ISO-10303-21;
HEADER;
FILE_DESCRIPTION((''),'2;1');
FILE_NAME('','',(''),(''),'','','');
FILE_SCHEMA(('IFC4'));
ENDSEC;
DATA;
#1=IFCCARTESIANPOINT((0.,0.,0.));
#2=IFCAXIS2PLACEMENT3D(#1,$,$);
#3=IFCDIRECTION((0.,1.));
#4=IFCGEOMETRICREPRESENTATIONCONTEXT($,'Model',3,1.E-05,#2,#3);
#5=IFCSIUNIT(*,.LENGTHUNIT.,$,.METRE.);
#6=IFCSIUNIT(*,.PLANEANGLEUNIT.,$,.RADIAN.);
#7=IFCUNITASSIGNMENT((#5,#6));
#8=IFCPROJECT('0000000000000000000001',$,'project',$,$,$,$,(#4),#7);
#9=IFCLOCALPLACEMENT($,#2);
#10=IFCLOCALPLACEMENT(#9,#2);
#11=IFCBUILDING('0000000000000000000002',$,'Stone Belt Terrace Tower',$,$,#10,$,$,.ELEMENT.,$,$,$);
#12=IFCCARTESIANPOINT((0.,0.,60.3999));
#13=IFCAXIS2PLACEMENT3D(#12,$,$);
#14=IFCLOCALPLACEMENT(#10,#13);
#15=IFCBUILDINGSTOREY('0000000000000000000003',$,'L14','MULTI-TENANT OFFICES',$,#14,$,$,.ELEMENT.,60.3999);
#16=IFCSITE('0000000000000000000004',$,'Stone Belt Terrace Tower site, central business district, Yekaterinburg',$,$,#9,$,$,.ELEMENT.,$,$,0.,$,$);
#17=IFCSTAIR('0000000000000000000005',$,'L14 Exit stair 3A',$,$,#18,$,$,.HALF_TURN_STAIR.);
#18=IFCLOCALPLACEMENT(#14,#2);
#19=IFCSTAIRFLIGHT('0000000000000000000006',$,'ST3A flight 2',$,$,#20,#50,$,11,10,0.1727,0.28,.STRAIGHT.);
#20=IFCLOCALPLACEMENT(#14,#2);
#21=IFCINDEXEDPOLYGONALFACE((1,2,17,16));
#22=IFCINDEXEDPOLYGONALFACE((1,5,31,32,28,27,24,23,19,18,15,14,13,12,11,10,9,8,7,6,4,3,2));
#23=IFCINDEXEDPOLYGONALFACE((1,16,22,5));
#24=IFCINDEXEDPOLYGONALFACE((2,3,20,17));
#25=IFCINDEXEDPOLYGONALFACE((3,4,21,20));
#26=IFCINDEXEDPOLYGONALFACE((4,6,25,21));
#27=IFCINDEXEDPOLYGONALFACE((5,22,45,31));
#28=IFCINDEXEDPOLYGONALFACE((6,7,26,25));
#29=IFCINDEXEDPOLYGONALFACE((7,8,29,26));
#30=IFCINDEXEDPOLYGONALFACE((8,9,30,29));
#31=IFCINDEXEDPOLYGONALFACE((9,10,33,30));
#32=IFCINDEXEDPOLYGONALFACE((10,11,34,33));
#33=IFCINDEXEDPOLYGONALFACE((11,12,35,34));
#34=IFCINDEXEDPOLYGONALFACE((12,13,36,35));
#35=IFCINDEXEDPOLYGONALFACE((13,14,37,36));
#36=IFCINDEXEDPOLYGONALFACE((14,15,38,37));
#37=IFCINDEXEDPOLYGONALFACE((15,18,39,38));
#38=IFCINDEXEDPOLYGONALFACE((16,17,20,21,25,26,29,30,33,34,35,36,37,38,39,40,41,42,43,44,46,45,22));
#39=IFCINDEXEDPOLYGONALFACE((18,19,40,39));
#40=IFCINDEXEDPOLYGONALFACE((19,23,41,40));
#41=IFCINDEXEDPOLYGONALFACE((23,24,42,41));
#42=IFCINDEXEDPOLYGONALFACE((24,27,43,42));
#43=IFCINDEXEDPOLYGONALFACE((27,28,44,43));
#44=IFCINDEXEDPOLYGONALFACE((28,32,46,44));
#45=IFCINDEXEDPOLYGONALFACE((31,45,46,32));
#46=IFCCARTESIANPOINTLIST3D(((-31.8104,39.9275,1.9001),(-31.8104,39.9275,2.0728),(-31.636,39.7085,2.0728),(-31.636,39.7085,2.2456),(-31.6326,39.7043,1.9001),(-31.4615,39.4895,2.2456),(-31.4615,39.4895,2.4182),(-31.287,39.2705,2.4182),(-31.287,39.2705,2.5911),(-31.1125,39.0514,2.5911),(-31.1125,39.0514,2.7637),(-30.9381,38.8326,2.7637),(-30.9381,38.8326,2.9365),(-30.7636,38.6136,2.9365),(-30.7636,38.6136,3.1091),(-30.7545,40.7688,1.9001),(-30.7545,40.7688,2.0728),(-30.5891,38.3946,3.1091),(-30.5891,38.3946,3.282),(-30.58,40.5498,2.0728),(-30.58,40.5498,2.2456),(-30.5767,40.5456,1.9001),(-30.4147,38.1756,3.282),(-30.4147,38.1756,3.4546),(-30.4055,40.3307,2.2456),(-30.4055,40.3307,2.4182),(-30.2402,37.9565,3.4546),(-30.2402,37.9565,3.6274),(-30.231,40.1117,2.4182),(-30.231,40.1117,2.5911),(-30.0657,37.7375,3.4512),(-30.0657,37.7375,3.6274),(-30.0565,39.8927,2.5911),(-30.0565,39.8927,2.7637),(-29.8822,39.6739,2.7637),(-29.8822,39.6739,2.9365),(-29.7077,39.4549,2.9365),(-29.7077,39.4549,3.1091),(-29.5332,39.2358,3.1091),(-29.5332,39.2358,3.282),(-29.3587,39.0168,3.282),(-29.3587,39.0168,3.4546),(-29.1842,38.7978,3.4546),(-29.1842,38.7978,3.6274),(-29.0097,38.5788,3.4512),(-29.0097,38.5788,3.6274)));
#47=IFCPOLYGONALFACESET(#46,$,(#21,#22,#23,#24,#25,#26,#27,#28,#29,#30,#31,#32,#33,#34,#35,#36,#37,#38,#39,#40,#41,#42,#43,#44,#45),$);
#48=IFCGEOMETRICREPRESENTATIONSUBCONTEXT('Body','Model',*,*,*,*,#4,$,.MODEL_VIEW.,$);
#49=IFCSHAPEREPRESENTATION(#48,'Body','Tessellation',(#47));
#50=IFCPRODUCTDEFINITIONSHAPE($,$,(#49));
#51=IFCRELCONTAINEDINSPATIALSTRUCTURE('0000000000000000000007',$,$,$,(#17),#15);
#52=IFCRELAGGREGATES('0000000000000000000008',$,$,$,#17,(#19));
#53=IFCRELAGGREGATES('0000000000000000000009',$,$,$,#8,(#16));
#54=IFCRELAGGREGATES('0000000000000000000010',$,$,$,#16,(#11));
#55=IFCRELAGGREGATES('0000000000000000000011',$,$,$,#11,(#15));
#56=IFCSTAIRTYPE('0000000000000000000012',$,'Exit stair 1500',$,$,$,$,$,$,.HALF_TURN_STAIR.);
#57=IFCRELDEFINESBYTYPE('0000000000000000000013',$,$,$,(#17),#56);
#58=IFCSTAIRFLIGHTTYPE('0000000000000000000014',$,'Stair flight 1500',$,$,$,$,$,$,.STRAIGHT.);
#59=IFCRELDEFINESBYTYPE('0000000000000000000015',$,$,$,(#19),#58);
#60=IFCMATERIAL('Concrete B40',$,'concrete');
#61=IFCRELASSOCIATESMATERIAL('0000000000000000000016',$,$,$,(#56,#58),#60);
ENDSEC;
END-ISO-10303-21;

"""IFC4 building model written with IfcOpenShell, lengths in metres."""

from ifc_helpers import new_model, si_unit, direction, frame, origin, place, context, subcontext, project, spatial, polyline, outline, extrude, material, type_object, element, aggregate, save


model = new_model("IFC4")

# Units and contexts
model_context = context("Model", 3, precision=1e-05, world=origin(), true_north=direction((0.0, 1.0)))
body_context = subcontext(model_context, "Body", "Model", "MODEL_VIEW")
ifc_project = project(units=[si_unit("LENGTHUNIT", "METRE"), si_unit("PLANEANGLEUNIT", "RADIAN")], contexts=[model_context])

# Site, building, storey
site_placement = place(None, origin())
site = spatial("IfcSite", under=ifc_project, at=site_placement, Name="Stone Belt Terrace Tower site, central business district, Yekaterinburg", CompositionType="ELEMENT", RefElevation=0.0)
building_placement = place(site_placement, origin())
building = spatial("IfcBuilding", under=site, at=building_placement, Name="Stone Belt Terrace Tower", CompositionType="ELEMENT")
storey_placement = place(building_placement, frame((0.0, 0.0, 60.3999)))
storey = spatial("IfcBuildingStorey", under=building, at=storey_placement, Name="L14", Description="MULTI-TENANT OFFICES", CompositionType="ELEMENT", Elevation=60.3999)

# Stair, stair flight
ifc_material_1 = material(Name="Concrete B40", Category="concrete")
stair_type = type_object("IfcStairType", Name="Exit stair 1500", PredefinedType="HALF_TURN_STAIR", material=ifc_material_1)
stair_placement = place(storey_placement, origin())
stair = element("IfcStair", 1, at=stair_placement, inside=storey, type_object=stair_type, Name="L14 Exit stair 3A", PredefinedType="HALF_TURN_STAIR")
stair_flight_type = type_object("IfcStairFlightType", Name="Stair flight 1500", PredefinedType="STRAIGHT", material=ifc_material_1)
stair_flight_1_placement = place(storey_placement, frame((-31.2825, 40.3481, 1.9001), z_axis=(0.0, 0.0, 1.0), x_axis=(0.623121, -0.782125, 0.0)))
stair_flight_1 = element("IfcStairFlight", 2, at=stair_flight_1_placement, type_object=stair_flight_type, Name="ST3A flight 2", NumberOfRisers=11, NumberOfTreads=10, PredefinedType="STRAIGHT", RiserHeight=0.1727, TreadLength=0.28, context=body_context, shape_type="SweptSolid", body=[
    extrude(outline(polyline([(0.0, 0.0), (0.0, 0.1726), (0.28, 0.1726), (0.28, 0.3455), (0.5601, 0.3455), (0.5601, 0.5181), (0.8401, 0.5181), (0.8401, 0.6909), (1.1201, 0.6909), (1.1201, 0.8635), (1.3999, 0.8635), (1.3999, 1.0364), (1.6799, 1.0364), (1.6799, 1.209), (1.96, 1.209), (1.96, 1.3818), (2.24, 1.3818), (2.24, 1.5544), (2.52, 1.5544), (2.52, 1.7273), (2.8, 1.7273), (2.8, 1.8999), (2.8, 1.551), (0.2854, 0.0), (0.0, 0.0)])), frame((0.0, 0.675, 0.0), z_axis=(0.0, -1.0, 0.0), x_axis=(1.0, 0.0, 0.0)), (0.0, 0.0, 1.0), 1.3501),
])
aggregate(stair, [stair_flight_1])

save(model, "model.ifc")
